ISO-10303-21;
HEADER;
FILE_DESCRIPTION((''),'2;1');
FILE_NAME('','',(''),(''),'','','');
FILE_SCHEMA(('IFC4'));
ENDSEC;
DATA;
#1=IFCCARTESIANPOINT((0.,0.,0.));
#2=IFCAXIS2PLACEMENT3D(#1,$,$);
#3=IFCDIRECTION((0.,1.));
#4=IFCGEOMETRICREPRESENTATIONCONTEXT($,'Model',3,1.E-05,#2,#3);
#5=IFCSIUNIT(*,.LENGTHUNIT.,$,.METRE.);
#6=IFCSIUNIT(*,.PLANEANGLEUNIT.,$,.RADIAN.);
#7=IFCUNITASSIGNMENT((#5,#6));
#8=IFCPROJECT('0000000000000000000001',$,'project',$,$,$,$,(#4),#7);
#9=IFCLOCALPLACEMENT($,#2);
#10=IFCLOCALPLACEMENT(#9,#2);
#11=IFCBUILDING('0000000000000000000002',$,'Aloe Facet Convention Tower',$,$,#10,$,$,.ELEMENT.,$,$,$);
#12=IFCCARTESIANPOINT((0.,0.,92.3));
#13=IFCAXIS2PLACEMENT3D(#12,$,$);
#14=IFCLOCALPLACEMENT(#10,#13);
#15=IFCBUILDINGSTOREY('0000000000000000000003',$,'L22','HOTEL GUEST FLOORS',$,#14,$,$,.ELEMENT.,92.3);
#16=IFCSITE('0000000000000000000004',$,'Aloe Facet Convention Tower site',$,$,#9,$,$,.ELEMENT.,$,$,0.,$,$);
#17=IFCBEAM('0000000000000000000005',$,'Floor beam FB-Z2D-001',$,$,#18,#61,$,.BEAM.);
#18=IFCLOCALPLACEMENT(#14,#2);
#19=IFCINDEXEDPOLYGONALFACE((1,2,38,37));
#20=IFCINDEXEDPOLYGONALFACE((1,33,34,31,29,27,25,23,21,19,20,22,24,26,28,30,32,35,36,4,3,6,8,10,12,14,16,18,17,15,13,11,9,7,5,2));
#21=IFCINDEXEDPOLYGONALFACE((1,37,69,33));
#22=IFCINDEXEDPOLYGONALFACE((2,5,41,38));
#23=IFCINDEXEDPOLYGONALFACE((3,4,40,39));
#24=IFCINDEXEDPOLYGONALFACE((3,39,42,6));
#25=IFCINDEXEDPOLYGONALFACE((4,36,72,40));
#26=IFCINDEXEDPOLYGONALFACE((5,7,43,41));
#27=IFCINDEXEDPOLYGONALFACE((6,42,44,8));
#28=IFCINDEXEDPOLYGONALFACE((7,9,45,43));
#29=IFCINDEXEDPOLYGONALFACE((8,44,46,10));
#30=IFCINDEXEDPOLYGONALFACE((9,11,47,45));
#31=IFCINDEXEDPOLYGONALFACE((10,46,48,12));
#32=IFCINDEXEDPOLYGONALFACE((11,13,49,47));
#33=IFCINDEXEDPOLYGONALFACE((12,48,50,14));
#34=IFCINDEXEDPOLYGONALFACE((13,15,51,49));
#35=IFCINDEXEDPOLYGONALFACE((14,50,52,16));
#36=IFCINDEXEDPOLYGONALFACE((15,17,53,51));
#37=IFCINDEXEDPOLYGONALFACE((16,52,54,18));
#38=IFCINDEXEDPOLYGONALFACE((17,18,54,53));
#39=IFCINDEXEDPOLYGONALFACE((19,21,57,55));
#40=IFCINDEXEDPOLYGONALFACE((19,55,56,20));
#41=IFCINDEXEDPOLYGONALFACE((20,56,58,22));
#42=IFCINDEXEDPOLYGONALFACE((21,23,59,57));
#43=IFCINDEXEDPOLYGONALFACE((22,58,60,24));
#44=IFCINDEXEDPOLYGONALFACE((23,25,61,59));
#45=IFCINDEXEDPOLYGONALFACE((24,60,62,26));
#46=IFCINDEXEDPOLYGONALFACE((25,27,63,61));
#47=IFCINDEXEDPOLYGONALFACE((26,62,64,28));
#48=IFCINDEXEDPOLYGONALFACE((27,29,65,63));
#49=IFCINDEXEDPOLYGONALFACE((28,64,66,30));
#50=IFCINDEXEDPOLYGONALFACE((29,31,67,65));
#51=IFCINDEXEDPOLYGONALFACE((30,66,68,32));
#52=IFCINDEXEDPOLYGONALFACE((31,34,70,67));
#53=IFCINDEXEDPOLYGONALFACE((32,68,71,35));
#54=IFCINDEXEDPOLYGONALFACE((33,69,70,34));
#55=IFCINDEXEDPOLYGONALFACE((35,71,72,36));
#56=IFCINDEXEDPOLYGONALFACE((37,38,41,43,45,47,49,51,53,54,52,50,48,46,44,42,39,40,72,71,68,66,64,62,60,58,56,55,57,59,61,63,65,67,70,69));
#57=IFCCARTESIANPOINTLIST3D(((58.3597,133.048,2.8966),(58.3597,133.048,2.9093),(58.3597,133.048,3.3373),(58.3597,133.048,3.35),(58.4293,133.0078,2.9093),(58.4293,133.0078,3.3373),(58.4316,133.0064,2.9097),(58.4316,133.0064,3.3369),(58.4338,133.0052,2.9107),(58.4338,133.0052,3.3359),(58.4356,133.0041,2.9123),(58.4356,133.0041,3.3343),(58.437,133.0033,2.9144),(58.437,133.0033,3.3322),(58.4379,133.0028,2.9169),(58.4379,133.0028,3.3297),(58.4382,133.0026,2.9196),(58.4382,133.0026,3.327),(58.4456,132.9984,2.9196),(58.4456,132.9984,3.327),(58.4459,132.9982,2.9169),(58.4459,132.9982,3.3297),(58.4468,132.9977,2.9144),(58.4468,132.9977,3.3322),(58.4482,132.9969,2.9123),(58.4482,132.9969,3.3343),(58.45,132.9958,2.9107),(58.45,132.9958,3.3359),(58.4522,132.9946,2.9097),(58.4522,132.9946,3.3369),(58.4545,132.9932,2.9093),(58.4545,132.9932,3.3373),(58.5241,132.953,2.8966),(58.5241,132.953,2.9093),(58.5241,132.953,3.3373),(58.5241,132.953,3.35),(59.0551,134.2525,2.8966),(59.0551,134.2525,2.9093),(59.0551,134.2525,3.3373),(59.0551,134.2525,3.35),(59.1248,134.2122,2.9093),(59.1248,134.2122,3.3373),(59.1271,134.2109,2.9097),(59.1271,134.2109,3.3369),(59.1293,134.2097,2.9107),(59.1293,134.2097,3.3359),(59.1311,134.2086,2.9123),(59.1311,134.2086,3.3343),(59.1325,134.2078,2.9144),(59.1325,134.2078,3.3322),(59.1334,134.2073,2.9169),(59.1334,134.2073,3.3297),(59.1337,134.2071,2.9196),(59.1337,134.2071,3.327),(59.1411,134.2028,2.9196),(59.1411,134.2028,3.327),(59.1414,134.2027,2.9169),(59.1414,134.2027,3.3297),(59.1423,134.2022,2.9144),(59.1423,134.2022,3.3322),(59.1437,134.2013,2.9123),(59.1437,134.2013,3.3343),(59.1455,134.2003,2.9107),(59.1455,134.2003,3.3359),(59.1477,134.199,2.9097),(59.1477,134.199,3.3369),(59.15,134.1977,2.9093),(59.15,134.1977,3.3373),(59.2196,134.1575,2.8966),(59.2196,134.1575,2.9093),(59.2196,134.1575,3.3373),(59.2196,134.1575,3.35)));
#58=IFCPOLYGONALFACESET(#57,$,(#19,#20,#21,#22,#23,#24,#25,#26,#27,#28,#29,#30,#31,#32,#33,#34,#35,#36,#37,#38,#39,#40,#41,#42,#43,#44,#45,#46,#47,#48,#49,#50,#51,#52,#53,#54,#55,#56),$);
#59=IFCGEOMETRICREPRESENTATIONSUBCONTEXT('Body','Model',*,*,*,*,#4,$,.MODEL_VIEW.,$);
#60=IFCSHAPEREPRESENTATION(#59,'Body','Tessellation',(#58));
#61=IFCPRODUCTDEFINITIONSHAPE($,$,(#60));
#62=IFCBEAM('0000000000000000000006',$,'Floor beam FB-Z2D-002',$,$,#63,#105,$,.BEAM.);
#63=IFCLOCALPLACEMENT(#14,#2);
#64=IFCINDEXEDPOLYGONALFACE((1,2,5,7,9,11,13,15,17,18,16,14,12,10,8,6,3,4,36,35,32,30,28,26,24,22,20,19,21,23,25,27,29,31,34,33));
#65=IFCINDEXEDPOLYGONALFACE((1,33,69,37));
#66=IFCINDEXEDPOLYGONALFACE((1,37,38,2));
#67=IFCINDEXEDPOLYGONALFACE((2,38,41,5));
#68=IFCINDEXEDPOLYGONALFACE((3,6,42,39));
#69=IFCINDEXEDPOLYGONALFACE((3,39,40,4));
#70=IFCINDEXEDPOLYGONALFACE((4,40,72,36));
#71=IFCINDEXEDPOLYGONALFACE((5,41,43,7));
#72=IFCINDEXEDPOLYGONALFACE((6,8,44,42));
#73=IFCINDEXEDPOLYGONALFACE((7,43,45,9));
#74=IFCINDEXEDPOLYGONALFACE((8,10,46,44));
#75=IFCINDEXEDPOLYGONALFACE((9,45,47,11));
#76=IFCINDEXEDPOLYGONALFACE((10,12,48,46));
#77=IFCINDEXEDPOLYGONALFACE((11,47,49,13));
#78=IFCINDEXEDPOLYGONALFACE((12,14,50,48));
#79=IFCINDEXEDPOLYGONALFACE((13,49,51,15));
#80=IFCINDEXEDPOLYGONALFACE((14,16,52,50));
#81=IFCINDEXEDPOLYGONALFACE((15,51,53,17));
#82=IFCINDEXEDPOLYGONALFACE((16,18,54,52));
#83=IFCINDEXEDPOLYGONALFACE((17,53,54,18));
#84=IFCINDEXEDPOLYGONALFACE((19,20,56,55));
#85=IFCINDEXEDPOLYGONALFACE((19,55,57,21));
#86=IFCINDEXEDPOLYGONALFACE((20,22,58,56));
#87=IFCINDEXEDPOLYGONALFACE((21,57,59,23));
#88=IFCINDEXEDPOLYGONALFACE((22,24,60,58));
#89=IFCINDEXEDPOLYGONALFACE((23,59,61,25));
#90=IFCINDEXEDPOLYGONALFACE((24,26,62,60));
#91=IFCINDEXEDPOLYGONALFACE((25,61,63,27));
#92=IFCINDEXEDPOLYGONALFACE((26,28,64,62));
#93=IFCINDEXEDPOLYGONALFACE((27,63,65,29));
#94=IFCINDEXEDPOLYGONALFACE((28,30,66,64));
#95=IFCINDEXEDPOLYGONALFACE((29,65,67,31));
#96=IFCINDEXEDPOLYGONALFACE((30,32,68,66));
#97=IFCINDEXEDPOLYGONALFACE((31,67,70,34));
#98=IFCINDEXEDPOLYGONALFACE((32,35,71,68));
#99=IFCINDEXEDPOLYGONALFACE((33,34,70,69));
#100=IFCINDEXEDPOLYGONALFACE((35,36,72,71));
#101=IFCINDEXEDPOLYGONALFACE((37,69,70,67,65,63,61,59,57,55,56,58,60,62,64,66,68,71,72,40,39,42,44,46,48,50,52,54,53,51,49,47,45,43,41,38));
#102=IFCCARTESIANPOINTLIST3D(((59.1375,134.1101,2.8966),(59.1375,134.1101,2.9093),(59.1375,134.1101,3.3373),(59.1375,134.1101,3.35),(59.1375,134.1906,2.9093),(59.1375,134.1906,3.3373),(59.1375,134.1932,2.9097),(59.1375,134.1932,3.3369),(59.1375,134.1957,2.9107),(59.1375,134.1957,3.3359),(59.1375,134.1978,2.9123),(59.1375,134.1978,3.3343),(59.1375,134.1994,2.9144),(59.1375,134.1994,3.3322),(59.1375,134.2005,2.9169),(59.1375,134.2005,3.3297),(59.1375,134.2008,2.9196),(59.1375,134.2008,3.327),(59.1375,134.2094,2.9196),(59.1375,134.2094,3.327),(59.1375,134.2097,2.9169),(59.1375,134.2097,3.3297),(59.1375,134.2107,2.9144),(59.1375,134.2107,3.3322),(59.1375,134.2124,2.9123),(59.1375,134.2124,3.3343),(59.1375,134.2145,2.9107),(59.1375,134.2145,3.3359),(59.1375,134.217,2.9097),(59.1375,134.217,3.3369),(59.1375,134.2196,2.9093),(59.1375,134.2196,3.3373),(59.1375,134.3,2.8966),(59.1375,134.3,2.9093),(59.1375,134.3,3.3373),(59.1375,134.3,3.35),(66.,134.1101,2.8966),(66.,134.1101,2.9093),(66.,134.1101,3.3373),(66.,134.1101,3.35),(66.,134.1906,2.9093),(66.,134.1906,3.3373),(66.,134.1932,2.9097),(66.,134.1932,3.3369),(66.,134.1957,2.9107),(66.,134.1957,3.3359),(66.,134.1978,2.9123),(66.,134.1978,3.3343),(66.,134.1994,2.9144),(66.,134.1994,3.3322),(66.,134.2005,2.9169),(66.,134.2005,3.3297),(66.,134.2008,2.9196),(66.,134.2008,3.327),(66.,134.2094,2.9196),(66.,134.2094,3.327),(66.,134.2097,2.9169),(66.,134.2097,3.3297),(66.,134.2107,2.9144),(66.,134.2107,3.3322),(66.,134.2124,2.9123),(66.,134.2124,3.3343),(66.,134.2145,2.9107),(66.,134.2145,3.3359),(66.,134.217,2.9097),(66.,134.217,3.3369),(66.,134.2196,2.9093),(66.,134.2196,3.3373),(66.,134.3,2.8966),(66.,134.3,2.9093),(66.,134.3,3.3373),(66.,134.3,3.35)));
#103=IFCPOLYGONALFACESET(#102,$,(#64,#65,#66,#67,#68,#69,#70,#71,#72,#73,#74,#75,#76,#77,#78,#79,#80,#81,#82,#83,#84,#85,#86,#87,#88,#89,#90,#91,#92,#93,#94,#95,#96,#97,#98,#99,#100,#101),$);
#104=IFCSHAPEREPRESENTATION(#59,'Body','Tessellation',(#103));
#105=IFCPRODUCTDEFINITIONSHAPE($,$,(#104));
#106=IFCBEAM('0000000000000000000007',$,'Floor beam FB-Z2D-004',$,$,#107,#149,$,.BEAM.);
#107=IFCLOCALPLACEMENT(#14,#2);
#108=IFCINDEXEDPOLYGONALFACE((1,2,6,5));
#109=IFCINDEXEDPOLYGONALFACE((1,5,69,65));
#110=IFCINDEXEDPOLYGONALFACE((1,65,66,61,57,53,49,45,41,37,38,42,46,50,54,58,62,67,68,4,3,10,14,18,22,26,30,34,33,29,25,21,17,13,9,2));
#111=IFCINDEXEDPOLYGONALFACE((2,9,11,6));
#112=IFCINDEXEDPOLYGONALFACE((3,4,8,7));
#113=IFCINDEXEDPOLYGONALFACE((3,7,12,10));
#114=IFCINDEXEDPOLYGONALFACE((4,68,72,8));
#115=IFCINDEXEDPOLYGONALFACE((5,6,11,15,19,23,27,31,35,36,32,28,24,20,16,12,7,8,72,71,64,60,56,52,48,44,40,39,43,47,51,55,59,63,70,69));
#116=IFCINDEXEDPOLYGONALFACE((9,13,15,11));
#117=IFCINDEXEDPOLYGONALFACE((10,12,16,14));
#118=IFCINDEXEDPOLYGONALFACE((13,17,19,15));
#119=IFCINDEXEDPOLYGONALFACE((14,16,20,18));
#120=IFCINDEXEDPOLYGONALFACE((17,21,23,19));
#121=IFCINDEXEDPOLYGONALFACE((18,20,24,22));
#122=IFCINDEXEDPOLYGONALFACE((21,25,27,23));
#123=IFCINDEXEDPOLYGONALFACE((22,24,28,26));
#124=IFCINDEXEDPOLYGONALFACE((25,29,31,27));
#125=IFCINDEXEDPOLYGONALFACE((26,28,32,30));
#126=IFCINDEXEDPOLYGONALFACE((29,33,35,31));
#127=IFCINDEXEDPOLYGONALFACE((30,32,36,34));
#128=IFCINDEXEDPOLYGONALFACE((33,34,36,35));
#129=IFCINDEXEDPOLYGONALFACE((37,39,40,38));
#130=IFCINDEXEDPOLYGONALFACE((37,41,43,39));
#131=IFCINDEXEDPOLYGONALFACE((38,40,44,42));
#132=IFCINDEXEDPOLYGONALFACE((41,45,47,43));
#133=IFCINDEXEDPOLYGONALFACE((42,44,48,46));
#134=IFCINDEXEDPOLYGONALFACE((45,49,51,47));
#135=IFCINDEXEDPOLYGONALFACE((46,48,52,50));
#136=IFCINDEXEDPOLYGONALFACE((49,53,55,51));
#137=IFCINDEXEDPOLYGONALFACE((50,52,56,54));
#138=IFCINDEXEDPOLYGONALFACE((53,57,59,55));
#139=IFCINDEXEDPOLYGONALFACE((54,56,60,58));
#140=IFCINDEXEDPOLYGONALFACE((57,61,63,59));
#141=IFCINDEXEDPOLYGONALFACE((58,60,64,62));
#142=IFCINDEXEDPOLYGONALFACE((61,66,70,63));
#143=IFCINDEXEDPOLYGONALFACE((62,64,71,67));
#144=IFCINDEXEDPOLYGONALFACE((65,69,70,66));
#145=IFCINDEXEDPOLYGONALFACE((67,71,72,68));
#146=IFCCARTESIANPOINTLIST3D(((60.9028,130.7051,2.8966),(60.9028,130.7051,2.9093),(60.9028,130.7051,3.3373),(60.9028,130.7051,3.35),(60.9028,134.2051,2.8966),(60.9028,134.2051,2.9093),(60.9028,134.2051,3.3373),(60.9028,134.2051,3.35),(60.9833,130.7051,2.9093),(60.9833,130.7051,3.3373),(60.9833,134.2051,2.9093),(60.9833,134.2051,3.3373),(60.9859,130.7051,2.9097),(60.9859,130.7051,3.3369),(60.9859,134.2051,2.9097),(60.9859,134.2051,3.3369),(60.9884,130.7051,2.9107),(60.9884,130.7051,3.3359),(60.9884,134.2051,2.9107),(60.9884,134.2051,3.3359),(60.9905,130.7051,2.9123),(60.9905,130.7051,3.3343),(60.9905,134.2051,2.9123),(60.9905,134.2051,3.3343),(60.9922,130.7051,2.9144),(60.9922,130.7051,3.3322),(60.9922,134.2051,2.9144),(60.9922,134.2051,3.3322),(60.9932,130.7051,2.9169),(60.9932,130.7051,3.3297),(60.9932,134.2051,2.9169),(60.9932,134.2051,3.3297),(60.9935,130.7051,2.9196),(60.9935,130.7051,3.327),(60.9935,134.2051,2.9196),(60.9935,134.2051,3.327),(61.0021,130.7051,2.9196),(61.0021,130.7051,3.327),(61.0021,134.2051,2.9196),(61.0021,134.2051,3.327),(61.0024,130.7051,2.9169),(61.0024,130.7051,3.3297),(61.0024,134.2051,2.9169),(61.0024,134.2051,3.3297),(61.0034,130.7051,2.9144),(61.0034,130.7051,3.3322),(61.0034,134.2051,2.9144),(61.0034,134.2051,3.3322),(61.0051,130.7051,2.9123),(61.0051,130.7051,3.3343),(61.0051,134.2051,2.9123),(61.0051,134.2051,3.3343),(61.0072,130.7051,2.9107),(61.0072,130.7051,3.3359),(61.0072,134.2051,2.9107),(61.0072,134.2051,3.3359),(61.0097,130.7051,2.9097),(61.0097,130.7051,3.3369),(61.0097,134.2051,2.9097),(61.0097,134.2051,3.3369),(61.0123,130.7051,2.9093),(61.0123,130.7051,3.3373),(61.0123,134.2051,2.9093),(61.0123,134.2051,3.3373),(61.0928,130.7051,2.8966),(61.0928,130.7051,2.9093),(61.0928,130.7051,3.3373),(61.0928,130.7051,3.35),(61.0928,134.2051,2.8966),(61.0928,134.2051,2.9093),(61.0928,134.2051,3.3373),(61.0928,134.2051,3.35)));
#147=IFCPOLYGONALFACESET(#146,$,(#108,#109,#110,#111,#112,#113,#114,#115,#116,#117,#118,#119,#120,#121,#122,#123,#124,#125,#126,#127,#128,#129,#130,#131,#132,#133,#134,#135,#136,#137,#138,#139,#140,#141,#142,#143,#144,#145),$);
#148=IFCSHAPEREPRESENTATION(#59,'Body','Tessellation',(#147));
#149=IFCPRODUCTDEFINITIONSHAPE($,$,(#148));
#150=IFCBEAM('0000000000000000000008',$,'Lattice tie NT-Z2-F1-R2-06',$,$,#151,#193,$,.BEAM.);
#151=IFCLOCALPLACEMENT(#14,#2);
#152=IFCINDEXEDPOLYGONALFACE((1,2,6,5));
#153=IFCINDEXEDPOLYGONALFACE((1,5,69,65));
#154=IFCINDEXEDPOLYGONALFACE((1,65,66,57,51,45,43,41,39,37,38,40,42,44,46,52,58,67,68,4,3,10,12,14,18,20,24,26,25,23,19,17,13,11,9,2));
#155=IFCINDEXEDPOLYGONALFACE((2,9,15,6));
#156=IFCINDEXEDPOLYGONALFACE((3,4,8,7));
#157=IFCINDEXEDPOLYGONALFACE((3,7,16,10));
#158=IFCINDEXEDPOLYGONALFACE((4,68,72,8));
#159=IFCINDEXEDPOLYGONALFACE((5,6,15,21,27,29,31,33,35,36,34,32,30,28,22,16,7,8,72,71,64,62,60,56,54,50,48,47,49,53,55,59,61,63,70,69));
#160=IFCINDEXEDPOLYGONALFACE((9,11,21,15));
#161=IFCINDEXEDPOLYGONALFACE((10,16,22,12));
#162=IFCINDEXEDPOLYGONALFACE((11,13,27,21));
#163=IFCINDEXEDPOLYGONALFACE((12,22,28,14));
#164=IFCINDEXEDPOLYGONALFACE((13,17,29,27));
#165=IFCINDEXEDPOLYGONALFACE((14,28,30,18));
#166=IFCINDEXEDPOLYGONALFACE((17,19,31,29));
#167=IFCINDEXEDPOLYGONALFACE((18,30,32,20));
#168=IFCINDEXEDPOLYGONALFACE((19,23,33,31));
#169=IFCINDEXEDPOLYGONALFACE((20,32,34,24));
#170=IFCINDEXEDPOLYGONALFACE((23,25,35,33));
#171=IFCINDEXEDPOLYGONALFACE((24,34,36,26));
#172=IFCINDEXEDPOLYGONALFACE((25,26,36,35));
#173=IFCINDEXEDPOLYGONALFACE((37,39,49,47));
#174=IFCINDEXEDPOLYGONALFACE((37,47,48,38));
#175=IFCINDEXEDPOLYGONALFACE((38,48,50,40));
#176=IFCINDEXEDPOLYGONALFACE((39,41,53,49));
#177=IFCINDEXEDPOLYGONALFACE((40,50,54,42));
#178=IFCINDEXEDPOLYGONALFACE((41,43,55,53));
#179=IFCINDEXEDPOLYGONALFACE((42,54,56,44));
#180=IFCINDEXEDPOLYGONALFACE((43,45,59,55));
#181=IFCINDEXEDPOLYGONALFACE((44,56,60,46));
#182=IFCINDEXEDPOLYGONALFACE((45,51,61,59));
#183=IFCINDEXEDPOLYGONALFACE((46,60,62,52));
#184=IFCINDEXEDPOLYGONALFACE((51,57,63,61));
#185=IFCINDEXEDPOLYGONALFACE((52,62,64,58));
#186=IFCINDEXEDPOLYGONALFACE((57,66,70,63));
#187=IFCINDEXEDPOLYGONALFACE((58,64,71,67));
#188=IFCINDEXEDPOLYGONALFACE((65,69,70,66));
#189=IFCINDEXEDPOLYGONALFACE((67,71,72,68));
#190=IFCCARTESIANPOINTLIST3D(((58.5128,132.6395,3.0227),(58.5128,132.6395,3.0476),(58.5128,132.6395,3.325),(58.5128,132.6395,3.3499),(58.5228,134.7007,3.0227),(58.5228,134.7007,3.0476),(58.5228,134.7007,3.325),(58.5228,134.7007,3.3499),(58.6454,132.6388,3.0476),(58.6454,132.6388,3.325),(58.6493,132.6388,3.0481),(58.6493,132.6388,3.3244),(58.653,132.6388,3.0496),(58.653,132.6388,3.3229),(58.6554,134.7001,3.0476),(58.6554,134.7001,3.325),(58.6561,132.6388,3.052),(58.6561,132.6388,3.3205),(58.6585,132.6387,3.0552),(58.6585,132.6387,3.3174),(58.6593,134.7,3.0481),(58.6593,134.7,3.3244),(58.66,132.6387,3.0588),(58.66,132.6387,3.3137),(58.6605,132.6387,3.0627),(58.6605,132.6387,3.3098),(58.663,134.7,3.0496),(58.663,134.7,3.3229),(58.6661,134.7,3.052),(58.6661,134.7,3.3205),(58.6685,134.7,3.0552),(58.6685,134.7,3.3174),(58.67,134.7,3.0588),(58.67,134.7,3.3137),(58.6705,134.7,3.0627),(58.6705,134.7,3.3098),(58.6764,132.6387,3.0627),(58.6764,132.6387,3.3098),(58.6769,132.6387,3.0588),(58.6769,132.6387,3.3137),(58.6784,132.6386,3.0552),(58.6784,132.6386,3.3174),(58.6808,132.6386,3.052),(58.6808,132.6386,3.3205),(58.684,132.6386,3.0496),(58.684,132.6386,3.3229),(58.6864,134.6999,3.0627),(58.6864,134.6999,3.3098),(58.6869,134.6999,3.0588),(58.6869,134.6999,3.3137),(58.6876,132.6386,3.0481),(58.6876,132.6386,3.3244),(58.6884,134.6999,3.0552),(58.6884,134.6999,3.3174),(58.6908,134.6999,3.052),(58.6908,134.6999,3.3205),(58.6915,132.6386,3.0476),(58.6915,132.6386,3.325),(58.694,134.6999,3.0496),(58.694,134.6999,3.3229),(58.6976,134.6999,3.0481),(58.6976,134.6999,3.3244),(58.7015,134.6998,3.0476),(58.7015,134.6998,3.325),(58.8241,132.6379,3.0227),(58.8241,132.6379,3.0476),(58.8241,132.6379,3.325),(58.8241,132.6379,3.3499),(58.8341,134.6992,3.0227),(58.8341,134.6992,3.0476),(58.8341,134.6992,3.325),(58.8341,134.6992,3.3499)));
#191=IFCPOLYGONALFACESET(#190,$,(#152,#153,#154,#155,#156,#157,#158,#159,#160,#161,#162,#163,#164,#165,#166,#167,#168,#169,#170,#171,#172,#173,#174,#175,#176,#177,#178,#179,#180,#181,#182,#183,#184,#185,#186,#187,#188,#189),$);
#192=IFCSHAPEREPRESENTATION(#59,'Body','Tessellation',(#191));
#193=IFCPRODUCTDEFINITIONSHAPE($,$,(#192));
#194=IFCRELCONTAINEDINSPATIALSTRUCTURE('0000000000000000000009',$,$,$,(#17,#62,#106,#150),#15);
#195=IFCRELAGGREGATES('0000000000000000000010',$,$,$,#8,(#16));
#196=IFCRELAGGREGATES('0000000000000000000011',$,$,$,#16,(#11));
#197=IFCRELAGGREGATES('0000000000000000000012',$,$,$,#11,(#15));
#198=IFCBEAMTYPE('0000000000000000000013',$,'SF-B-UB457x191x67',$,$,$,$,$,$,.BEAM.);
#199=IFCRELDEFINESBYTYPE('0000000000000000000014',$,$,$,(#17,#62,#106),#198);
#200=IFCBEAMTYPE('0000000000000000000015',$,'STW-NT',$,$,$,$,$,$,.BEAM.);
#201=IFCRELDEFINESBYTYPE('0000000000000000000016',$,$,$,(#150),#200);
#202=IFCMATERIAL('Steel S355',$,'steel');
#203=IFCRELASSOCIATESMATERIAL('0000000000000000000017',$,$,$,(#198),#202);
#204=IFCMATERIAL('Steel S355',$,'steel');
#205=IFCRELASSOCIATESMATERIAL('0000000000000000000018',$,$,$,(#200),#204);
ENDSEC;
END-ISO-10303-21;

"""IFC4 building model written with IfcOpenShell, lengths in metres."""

from ifc_helpers import new_model, si_unit, direction, frame, origin, origin_2d, place, context, subcontext, project, spatial, i_section, extrude, material, material_profile, profile_set, type_object, element, save


model = new_model("IFC4")

# Units and contexts
model_context = context("Model", 3, precision=1e-05, world=origin(), true_north=direction((0.0, 1.0)))
body_context = subcontext(model_context, "Body", "Model", "MODEL_VIEW")
ifc_project = project(units=[si_unit("LENGTHUNIT", "METRE"), si_unit("PLANEANGLEUNIT", "RADIAN")], contexts=[model_context])

# Site, building, storey
site_placement = place(None, origin())
site = spatial("IfcSite", under=ifc_project, at=site_placement, Name="Aloe Facet Convention Tower site", CompositionType="ELEMENT", RefElevation=0.0)
building_placement = place(site_placement, origin())
building = spatial("IfcBuilding", under=site, at=building_placement, Name="Aloe Facet Convention Tower", CompositionType="ELEMENT")
storey_placement = place(building_placement, frame((0.0, 0.0, 92.3)))
storey = spatial("IfcBuildingStorey", under=building, at=storey_placement, Name="L22", Description="HOTEL GUEST FLOORS", CompositionType="ELEMENT", Elevation=92.3)

# Beams
ifc_material_1 = material(Name="Steel S355", Category="steel")
ifc_material_profile_1 = material_profile(ifc_material_1, i_section(OverallWidth=0.1899, OverallDepth=0.4534, WebThickness=0.0085, FlangeThickness=0.0127, FilletRadius=0.0103, at=origin_2d()), Name="UB 457x191x67")
ifc_profile_set_1 = profile_set([ifc_material_profile_1], Name="Steel S355")
beam_type_1 = type_object("IfcBeamType", Name="SF-B-UB457x191x67", PredefinedType="BEAM", material=ifc_profile_set_1)
beam_1_placement = place(storey_placement, frame((58.4419, 133.0005, 3.1233), z_axis=(0.500047, 0.865999, 0.0), x_axis=(-0.865999, 0.500047, 0.0)))
element("IfcBeam", 1, at=beam_1_placement, inside=storey, type_object=beam_type_1, Name="Floor beam FB-Z2D-001", PredefinedType="BEAM", context=body_context, shape_type="SweptSolid", body=[
    extrude(i_section(OverallWidth=0.1899, OverallDepth=0.4534, WebThickness=0.0085, FlangeThickness=0.0127, FilletRadius=0.0103, at=origin_2d()), origin(), (0.0, 0.0, 1.0), 1.3909),
])
beam_2_placement = place(storey_placement, frame((59.1375, 134.2051, 3.1233), z_axis=(1.0, 0.0, 0.0), x_axis=(0.0, 1.0, 0.0)))
element("IfcBeam", 2, at=beam_2_placement, inside=storey, type_object=beam_type_1, Name="Floor beam FB-Z2D-002", PredefinedType="BEAM", context=body_context, shape_type="SweptSolid", body=[
    extrude(i_section(OverallWidth=0.1899, OverallDepth=0.4534, WebThickness=0.0085, FlangeThickness=0.0127, FilletRadius=0.0103, at=origin_2d()), origin(), (0.0, 0.0, 1.0), 6.8625),
])
beam_3_placement = place(storey_placement, frame((60.9978, 134.2051, 3.1233), z_axis=(0.0, -1.0, 0.0), x_axis=(1.0, 0.0, 0.0)))
element("IfcBeam", 3, at=beam_3_placement, inside=storey, type_object=beam_type_1, Name="Floor beam FB-Z2D-004", PredefinedType="BEAM", context=body_context, shape_type="SweptSolid", body=[
    extrude(i_section(OverallWidth=0.1899, OverallDepth=0.4534, WebThickness=0.0085, FlangeThickness=0.0127, FilletRadius=0.0103, at=origin_2d()), origin(), (0.0, 0.0, 1.0), 3.5),
])
ifc_material_2 = material(Name="Steel S355", Category="steel")
ifc_material_profile_2 = material_profile(ifc_material_2, i_section(OverallWidth=0.3113, OverallDepth=0.3271, WebThickness=0.0159, FlangeThickness=0.0249, FilletRadius=0.0151, at=origin_2d()), Name="UC 305x305x158")
ifc_profile_set_2 = profile_set([ifc_material_profile_2], Name="Steel S355")
beam_type_2 = type_object("IfcBeamType", Name="STW-NT", PredefinedType="BEAM", material=ifc_profile_set_2)
beam_4_placement = place(storey_placement, frame((58.6785, 134.7, 3.1863), z_axis=(-0.004856, -0.999988, 0.0), x_axis=(0.999988, -0.004856, 0.0)))
element("IfcBeam", 4, at=beam_4_placement, inside=storey, type_object=beam_type_2, Name="Lattice tie NT-Z2-F1-R2-06", PredefinedType="BEAM", context=body_context, shape_type="SweptSolid", body=[
    extrude(i_section(OverallWidth=0.3113, OverallDepth=0.3271, WebThickness=0.0159, FlangeThickness=0.0249, FilletRadius=0.0151, at=origin_2d()), origin(), (0.0, 0.0, 1.0), 2.0613),
])

save(model, "model.ifc")
